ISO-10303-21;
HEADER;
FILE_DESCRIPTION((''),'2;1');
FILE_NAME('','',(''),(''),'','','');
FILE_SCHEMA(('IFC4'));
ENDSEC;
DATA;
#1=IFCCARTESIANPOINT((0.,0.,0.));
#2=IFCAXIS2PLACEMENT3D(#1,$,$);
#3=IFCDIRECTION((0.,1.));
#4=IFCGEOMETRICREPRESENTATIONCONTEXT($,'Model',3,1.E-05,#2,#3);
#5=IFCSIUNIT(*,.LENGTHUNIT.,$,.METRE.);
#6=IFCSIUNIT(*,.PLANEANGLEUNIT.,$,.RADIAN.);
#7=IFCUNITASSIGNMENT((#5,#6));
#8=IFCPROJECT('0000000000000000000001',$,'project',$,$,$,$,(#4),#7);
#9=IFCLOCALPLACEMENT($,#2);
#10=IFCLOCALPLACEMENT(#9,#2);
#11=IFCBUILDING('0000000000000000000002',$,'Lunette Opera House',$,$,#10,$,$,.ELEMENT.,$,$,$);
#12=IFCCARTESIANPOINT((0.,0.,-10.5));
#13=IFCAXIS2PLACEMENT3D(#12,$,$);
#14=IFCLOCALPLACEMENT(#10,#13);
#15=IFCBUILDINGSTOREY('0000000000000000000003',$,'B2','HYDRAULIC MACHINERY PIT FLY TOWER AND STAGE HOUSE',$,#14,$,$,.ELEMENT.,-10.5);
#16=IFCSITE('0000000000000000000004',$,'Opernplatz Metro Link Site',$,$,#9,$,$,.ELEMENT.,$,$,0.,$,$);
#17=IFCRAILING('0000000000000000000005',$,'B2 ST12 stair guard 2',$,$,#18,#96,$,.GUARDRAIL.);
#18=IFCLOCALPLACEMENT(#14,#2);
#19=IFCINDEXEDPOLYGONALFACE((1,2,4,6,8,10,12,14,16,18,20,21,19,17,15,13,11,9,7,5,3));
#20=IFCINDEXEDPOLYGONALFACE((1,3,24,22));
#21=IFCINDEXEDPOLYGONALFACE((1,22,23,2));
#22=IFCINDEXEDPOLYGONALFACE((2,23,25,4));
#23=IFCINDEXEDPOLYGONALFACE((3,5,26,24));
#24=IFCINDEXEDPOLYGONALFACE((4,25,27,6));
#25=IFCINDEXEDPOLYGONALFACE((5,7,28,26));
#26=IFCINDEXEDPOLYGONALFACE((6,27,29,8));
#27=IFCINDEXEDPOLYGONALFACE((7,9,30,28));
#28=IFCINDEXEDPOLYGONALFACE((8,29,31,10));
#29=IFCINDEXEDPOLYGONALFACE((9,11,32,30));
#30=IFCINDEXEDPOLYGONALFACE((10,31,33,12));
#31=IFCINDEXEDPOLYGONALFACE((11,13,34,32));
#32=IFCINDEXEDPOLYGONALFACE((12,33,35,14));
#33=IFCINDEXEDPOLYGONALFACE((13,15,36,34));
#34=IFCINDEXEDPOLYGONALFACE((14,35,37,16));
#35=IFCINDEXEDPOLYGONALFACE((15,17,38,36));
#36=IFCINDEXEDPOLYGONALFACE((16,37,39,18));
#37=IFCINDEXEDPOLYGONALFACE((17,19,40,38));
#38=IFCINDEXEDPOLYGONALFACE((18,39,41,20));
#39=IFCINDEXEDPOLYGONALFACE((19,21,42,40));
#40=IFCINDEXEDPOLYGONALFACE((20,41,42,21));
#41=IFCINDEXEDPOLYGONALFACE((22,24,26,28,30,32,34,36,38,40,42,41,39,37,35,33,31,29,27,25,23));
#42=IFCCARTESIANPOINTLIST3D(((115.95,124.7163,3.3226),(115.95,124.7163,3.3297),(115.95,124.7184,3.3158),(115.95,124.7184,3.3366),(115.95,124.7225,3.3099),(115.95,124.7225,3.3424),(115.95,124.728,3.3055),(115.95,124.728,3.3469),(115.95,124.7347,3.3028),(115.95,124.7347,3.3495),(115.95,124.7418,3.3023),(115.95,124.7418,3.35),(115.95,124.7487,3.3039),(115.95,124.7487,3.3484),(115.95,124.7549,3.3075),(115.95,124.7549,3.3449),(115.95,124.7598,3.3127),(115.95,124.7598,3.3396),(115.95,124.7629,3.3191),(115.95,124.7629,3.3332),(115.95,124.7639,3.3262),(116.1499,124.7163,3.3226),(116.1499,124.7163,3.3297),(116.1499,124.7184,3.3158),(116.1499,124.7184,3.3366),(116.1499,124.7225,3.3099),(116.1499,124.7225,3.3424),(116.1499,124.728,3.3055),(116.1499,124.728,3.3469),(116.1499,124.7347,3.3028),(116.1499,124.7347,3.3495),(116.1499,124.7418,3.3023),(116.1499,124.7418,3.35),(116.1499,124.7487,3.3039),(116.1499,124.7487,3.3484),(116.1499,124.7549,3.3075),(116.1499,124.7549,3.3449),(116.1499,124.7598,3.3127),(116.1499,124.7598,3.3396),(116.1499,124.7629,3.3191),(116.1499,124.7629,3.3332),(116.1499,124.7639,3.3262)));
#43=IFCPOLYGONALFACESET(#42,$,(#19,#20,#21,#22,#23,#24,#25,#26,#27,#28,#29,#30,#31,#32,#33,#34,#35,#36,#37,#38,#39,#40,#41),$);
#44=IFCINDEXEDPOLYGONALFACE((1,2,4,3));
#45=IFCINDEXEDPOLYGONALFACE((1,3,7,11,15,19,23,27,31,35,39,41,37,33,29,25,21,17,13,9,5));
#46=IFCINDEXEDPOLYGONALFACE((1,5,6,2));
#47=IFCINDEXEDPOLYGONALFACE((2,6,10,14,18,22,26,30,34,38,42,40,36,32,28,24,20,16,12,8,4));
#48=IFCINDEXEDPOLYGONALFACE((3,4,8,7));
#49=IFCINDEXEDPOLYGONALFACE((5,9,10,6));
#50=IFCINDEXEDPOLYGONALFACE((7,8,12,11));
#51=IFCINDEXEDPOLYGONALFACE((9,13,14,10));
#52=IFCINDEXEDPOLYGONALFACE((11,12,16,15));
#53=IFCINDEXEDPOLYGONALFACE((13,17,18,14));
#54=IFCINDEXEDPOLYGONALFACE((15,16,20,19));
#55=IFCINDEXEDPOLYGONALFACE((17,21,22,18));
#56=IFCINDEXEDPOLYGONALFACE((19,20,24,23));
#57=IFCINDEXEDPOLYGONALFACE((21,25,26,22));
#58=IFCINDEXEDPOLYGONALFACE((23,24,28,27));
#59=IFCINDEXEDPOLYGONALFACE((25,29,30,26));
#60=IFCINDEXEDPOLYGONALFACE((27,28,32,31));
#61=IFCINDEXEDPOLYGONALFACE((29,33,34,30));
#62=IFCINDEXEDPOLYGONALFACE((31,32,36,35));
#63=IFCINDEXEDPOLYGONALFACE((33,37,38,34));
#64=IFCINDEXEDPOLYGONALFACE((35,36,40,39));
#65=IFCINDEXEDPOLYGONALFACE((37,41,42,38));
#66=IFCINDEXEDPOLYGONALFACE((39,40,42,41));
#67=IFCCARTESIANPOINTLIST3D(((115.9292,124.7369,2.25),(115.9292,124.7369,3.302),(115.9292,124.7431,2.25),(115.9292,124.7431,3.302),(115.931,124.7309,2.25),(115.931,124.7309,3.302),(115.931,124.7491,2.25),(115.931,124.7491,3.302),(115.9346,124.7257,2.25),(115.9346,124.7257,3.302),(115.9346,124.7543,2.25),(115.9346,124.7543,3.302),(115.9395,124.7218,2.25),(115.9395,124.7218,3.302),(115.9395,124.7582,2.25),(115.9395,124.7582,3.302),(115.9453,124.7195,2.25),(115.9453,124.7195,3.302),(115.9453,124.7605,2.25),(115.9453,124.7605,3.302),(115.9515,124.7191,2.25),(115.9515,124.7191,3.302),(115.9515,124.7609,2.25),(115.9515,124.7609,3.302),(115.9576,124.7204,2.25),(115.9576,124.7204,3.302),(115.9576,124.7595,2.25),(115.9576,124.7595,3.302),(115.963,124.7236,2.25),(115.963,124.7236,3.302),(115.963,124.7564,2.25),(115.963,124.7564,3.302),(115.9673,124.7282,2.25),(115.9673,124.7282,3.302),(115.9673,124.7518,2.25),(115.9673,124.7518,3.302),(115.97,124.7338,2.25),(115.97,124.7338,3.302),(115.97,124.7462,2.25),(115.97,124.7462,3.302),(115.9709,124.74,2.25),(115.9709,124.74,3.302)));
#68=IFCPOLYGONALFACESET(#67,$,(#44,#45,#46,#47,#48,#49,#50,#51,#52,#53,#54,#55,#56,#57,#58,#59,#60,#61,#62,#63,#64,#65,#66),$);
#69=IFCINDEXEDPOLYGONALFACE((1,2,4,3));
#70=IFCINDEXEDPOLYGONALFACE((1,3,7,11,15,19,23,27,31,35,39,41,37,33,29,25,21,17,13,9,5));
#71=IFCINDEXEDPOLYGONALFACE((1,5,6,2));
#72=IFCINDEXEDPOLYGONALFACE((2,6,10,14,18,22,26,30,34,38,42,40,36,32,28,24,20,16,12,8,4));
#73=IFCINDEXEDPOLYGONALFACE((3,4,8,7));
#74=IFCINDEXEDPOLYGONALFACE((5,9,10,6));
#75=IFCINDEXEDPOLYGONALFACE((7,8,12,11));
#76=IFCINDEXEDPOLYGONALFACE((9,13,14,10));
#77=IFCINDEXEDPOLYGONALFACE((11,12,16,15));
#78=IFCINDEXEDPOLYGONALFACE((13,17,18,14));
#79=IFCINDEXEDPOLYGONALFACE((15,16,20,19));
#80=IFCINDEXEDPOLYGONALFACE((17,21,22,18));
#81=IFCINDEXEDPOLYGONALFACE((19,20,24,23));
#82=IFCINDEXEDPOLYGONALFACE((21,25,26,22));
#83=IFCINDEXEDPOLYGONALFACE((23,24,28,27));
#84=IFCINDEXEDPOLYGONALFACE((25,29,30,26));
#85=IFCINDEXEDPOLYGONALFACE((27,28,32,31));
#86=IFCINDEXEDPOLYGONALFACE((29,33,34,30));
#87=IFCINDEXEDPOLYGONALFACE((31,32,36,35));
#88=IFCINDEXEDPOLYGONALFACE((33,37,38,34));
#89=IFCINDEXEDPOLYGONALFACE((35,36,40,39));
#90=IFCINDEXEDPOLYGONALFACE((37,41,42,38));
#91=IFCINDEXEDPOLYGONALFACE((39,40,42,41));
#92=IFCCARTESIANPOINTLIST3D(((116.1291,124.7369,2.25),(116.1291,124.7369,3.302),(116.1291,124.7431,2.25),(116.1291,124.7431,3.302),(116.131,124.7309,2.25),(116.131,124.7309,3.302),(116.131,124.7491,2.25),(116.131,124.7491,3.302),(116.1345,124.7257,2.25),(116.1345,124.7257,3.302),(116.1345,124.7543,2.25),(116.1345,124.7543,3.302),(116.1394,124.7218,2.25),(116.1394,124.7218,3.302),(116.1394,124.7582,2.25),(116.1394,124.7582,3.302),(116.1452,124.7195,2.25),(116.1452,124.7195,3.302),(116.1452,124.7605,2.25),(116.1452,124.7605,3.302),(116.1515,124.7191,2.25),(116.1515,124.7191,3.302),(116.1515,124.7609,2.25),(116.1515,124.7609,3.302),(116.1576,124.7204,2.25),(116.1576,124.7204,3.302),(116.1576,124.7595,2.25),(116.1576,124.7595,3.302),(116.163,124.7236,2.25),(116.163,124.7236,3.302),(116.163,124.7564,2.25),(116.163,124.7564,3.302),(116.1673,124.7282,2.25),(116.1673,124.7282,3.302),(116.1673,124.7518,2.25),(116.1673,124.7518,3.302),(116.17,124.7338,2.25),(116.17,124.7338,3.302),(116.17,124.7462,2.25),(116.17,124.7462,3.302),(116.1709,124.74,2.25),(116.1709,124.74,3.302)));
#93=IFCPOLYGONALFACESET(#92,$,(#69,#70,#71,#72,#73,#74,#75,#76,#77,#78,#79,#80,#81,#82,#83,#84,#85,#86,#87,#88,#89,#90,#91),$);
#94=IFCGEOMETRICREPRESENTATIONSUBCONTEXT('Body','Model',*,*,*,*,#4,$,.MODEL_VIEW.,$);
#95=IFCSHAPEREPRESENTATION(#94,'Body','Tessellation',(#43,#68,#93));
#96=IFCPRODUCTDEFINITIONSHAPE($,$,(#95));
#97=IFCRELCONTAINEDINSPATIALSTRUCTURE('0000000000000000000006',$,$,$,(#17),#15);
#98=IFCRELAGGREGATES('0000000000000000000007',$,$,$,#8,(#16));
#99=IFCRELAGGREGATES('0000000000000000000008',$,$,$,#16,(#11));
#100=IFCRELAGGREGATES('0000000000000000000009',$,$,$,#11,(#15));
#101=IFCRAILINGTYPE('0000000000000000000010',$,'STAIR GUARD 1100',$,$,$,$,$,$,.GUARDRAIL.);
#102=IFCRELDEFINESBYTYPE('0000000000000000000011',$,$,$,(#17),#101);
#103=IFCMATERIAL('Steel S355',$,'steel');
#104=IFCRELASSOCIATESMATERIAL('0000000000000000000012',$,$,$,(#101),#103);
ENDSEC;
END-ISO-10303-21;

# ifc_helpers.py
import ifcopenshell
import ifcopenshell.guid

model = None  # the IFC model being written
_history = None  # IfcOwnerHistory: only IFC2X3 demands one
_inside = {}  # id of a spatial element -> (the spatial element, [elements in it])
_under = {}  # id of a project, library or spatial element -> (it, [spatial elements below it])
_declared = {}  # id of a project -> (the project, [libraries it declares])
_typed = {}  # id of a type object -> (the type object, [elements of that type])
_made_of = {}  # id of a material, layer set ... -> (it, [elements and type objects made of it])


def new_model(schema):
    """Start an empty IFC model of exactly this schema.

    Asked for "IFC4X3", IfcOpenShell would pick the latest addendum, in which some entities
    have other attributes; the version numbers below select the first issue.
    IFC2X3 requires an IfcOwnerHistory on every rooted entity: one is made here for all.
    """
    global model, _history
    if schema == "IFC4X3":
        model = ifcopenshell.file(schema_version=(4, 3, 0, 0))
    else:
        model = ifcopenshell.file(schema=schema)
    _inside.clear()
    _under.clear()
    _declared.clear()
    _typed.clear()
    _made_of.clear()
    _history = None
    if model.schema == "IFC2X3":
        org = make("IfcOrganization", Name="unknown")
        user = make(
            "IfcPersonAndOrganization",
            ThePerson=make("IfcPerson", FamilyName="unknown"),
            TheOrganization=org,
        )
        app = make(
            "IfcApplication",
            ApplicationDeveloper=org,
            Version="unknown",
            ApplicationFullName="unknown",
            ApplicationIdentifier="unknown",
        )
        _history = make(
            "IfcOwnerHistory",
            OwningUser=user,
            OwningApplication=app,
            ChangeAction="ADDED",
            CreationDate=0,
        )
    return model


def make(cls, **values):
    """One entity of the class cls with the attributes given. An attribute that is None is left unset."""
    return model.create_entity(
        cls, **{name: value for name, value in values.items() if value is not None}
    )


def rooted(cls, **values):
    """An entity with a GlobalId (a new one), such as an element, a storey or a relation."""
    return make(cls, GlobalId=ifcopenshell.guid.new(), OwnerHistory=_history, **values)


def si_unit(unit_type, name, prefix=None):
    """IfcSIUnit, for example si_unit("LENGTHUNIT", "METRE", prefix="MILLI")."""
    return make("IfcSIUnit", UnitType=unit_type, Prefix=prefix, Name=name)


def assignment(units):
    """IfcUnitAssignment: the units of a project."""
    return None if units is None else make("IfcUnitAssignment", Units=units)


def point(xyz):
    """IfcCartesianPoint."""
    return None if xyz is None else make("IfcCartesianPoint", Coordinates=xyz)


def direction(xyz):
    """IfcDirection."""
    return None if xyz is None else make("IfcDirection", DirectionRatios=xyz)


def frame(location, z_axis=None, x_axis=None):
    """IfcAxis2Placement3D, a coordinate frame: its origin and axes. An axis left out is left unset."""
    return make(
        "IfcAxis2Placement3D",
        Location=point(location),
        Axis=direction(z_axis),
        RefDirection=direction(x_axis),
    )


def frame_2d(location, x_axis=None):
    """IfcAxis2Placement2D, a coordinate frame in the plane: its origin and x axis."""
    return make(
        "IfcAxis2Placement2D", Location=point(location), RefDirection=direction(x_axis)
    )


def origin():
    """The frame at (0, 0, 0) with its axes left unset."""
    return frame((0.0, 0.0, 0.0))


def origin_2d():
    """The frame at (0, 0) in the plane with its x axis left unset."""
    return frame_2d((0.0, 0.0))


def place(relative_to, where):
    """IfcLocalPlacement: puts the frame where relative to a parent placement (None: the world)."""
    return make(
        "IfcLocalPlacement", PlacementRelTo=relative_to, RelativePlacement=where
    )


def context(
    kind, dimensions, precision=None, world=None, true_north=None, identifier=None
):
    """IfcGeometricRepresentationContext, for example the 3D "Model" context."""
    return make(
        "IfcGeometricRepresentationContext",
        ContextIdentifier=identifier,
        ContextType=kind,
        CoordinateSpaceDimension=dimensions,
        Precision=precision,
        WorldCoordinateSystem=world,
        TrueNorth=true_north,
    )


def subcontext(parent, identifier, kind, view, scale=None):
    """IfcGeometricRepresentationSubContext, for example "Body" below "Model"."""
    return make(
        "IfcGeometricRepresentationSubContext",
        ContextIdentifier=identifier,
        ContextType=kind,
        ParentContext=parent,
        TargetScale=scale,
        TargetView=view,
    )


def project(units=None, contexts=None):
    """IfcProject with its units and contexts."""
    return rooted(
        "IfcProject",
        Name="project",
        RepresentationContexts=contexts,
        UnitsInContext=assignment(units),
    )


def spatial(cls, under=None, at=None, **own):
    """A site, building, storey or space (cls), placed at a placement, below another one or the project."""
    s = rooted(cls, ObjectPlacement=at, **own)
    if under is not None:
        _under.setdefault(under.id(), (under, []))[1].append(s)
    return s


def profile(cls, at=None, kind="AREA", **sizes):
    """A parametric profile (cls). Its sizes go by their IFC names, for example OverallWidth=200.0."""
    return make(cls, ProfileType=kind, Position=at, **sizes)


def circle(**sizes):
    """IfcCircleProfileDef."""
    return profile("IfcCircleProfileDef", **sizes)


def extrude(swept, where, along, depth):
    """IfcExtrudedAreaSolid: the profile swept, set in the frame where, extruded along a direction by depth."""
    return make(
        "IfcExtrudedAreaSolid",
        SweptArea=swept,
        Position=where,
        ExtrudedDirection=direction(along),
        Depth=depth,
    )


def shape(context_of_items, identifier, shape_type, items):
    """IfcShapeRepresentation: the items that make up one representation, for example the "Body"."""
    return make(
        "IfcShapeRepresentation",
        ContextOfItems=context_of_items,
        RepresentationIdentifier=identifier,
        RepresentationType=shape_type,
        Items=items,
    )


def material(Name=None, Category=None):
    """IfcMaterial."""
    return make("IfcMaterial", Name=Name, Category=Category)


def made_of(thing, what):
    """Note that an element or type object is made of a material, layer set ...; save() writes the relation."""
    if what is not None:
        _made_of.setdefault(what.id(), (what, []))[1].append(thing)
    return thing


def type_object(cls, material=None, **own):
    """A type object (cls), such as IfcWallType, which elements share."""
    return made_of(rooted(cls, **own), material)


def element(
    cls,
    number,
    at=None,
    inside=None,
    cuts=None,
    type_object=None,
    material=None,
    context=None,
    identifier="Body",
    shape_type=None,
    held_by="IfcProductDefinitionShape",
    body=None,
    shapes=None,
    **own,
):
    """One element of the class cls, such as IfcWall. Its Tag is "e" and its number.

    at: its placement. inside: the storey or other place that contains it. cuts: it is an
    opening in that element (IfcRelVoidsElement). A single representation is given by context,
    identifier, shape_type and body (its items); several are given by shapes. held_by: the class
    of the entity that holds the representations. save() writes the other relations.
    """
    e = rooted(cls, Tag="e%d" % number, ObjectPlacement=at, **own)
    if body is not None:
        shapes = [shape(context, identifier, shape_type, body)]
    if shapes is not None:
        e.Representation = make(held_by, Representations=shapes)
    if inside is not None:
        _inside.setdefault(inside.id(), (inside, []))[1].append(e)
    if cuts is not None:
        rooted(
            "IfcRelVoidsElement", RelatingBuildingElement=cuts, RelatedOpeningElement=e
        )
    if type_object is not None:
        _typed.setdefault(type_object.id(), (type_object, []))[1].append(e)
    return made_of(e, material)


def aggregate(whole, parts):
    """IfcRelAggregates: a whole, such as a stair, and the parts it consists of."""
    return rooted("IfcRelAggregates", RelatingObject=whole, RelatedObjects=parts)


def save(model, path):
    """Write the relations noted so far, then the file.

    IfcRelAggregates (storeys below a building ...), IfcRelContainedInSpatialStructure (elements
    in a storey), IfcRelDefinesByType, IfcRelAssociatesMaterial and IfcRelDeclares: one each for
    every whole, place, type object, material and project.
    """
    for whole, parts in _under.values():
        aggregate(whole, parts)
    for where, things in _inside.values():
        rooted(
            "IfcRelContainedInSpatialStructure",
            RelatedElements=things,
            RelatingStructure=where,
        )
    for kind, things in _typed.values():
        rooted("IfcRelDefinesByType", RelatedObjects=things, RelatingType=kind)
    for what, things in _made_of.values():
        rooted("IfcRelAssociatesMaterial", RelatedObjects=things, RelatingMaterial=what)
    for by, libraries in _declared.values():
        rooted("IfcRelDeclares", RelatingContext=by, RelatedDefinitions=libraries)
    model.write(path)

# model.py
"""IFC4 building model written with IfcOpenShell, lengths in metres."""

from ifc_helpers import new_model, si_unit, direction, frame, origin, origin_2d, place, context, subcontext, project, spatial, circle, extrude, material, type_object, element, save


model = new_model("IFC4")

# Units and contexts
model_context = context("Model", 3, precision=1e-05, world=origin(), true_north=direction((0.0, 1.0)))
body_context = subcontext(model_context, "Body", "Model", "MODEL_VIEW")
ifc_project = project(units=[si_unit("LENGTHUNIT", "METRE"), si_unit("PLANEANGLEUNIT", "RADIAN")], contexts=[model_context])

# Site, building, storey
site_placement = place(None, origin())
site = spatial("IfcSite", under=ifc_project, at=site_placement, Name="Opernplatz Metro Link Site", CompositionType="ELEMENT", RefElevation=0.0)
building_placement = place(site_placement, origin())
building = spatial("IfcBuilding", under=site, at=building_placement, Name="Lunette Opera House", CompositionType="ELEMENT")
storey_placement = place(building_placement, frame((0.0, 0.0, -10.5)))
storey = spatial("IfcBuildingStorey", under=building, at=storey_placement, Name="B2", Description="HYDRAULIC MACHINERY PIT FLY TOWER AND STAGE HOUSE", CompositionType="ELEMENT", Elevation=-10.5)

# Railing
ifc_material_1 = material(Name="Steel S355", Category="steel")
railing_type_1 = type_object("IfcRailingType", Name="STAIR GUARD 1100", PredefinedType="GUARDRAIL", material=ifc_material_1)
railing_1_placement = place(storey_placement, frame((115.95, 124.74, 2.25)))
element("IfcRailing", 1, at=railing_1_placement, inside=storey, type_object=railing_type_1, Name="B2 ST12 stair guard 2", PredefinedType="GUARDRAIL", context=body_context, shape_type="SweptSolid", body=[
    extrude(circle(Radius=0.0239, at=origin_2d()), frame((0.0, 0.0, 1.0762), z_axis=(1.0, 0.0, 0.0), x_axis=(0.0, 1.0, 0.0)), (0.0, 0.0, 1.0), 0.2),
    extrude(circle(Radius=0.021, at=origin_2d()), origin(), (0.0, 0.0, 1.0), 1.052),
    extrude(circle(Radius=0.021, at=origin_2d()), frame((0.2, 0.0, 0.0)), (0.0, 0.0, 1.0), 1.052),
])

save(model, "model.ifc")
